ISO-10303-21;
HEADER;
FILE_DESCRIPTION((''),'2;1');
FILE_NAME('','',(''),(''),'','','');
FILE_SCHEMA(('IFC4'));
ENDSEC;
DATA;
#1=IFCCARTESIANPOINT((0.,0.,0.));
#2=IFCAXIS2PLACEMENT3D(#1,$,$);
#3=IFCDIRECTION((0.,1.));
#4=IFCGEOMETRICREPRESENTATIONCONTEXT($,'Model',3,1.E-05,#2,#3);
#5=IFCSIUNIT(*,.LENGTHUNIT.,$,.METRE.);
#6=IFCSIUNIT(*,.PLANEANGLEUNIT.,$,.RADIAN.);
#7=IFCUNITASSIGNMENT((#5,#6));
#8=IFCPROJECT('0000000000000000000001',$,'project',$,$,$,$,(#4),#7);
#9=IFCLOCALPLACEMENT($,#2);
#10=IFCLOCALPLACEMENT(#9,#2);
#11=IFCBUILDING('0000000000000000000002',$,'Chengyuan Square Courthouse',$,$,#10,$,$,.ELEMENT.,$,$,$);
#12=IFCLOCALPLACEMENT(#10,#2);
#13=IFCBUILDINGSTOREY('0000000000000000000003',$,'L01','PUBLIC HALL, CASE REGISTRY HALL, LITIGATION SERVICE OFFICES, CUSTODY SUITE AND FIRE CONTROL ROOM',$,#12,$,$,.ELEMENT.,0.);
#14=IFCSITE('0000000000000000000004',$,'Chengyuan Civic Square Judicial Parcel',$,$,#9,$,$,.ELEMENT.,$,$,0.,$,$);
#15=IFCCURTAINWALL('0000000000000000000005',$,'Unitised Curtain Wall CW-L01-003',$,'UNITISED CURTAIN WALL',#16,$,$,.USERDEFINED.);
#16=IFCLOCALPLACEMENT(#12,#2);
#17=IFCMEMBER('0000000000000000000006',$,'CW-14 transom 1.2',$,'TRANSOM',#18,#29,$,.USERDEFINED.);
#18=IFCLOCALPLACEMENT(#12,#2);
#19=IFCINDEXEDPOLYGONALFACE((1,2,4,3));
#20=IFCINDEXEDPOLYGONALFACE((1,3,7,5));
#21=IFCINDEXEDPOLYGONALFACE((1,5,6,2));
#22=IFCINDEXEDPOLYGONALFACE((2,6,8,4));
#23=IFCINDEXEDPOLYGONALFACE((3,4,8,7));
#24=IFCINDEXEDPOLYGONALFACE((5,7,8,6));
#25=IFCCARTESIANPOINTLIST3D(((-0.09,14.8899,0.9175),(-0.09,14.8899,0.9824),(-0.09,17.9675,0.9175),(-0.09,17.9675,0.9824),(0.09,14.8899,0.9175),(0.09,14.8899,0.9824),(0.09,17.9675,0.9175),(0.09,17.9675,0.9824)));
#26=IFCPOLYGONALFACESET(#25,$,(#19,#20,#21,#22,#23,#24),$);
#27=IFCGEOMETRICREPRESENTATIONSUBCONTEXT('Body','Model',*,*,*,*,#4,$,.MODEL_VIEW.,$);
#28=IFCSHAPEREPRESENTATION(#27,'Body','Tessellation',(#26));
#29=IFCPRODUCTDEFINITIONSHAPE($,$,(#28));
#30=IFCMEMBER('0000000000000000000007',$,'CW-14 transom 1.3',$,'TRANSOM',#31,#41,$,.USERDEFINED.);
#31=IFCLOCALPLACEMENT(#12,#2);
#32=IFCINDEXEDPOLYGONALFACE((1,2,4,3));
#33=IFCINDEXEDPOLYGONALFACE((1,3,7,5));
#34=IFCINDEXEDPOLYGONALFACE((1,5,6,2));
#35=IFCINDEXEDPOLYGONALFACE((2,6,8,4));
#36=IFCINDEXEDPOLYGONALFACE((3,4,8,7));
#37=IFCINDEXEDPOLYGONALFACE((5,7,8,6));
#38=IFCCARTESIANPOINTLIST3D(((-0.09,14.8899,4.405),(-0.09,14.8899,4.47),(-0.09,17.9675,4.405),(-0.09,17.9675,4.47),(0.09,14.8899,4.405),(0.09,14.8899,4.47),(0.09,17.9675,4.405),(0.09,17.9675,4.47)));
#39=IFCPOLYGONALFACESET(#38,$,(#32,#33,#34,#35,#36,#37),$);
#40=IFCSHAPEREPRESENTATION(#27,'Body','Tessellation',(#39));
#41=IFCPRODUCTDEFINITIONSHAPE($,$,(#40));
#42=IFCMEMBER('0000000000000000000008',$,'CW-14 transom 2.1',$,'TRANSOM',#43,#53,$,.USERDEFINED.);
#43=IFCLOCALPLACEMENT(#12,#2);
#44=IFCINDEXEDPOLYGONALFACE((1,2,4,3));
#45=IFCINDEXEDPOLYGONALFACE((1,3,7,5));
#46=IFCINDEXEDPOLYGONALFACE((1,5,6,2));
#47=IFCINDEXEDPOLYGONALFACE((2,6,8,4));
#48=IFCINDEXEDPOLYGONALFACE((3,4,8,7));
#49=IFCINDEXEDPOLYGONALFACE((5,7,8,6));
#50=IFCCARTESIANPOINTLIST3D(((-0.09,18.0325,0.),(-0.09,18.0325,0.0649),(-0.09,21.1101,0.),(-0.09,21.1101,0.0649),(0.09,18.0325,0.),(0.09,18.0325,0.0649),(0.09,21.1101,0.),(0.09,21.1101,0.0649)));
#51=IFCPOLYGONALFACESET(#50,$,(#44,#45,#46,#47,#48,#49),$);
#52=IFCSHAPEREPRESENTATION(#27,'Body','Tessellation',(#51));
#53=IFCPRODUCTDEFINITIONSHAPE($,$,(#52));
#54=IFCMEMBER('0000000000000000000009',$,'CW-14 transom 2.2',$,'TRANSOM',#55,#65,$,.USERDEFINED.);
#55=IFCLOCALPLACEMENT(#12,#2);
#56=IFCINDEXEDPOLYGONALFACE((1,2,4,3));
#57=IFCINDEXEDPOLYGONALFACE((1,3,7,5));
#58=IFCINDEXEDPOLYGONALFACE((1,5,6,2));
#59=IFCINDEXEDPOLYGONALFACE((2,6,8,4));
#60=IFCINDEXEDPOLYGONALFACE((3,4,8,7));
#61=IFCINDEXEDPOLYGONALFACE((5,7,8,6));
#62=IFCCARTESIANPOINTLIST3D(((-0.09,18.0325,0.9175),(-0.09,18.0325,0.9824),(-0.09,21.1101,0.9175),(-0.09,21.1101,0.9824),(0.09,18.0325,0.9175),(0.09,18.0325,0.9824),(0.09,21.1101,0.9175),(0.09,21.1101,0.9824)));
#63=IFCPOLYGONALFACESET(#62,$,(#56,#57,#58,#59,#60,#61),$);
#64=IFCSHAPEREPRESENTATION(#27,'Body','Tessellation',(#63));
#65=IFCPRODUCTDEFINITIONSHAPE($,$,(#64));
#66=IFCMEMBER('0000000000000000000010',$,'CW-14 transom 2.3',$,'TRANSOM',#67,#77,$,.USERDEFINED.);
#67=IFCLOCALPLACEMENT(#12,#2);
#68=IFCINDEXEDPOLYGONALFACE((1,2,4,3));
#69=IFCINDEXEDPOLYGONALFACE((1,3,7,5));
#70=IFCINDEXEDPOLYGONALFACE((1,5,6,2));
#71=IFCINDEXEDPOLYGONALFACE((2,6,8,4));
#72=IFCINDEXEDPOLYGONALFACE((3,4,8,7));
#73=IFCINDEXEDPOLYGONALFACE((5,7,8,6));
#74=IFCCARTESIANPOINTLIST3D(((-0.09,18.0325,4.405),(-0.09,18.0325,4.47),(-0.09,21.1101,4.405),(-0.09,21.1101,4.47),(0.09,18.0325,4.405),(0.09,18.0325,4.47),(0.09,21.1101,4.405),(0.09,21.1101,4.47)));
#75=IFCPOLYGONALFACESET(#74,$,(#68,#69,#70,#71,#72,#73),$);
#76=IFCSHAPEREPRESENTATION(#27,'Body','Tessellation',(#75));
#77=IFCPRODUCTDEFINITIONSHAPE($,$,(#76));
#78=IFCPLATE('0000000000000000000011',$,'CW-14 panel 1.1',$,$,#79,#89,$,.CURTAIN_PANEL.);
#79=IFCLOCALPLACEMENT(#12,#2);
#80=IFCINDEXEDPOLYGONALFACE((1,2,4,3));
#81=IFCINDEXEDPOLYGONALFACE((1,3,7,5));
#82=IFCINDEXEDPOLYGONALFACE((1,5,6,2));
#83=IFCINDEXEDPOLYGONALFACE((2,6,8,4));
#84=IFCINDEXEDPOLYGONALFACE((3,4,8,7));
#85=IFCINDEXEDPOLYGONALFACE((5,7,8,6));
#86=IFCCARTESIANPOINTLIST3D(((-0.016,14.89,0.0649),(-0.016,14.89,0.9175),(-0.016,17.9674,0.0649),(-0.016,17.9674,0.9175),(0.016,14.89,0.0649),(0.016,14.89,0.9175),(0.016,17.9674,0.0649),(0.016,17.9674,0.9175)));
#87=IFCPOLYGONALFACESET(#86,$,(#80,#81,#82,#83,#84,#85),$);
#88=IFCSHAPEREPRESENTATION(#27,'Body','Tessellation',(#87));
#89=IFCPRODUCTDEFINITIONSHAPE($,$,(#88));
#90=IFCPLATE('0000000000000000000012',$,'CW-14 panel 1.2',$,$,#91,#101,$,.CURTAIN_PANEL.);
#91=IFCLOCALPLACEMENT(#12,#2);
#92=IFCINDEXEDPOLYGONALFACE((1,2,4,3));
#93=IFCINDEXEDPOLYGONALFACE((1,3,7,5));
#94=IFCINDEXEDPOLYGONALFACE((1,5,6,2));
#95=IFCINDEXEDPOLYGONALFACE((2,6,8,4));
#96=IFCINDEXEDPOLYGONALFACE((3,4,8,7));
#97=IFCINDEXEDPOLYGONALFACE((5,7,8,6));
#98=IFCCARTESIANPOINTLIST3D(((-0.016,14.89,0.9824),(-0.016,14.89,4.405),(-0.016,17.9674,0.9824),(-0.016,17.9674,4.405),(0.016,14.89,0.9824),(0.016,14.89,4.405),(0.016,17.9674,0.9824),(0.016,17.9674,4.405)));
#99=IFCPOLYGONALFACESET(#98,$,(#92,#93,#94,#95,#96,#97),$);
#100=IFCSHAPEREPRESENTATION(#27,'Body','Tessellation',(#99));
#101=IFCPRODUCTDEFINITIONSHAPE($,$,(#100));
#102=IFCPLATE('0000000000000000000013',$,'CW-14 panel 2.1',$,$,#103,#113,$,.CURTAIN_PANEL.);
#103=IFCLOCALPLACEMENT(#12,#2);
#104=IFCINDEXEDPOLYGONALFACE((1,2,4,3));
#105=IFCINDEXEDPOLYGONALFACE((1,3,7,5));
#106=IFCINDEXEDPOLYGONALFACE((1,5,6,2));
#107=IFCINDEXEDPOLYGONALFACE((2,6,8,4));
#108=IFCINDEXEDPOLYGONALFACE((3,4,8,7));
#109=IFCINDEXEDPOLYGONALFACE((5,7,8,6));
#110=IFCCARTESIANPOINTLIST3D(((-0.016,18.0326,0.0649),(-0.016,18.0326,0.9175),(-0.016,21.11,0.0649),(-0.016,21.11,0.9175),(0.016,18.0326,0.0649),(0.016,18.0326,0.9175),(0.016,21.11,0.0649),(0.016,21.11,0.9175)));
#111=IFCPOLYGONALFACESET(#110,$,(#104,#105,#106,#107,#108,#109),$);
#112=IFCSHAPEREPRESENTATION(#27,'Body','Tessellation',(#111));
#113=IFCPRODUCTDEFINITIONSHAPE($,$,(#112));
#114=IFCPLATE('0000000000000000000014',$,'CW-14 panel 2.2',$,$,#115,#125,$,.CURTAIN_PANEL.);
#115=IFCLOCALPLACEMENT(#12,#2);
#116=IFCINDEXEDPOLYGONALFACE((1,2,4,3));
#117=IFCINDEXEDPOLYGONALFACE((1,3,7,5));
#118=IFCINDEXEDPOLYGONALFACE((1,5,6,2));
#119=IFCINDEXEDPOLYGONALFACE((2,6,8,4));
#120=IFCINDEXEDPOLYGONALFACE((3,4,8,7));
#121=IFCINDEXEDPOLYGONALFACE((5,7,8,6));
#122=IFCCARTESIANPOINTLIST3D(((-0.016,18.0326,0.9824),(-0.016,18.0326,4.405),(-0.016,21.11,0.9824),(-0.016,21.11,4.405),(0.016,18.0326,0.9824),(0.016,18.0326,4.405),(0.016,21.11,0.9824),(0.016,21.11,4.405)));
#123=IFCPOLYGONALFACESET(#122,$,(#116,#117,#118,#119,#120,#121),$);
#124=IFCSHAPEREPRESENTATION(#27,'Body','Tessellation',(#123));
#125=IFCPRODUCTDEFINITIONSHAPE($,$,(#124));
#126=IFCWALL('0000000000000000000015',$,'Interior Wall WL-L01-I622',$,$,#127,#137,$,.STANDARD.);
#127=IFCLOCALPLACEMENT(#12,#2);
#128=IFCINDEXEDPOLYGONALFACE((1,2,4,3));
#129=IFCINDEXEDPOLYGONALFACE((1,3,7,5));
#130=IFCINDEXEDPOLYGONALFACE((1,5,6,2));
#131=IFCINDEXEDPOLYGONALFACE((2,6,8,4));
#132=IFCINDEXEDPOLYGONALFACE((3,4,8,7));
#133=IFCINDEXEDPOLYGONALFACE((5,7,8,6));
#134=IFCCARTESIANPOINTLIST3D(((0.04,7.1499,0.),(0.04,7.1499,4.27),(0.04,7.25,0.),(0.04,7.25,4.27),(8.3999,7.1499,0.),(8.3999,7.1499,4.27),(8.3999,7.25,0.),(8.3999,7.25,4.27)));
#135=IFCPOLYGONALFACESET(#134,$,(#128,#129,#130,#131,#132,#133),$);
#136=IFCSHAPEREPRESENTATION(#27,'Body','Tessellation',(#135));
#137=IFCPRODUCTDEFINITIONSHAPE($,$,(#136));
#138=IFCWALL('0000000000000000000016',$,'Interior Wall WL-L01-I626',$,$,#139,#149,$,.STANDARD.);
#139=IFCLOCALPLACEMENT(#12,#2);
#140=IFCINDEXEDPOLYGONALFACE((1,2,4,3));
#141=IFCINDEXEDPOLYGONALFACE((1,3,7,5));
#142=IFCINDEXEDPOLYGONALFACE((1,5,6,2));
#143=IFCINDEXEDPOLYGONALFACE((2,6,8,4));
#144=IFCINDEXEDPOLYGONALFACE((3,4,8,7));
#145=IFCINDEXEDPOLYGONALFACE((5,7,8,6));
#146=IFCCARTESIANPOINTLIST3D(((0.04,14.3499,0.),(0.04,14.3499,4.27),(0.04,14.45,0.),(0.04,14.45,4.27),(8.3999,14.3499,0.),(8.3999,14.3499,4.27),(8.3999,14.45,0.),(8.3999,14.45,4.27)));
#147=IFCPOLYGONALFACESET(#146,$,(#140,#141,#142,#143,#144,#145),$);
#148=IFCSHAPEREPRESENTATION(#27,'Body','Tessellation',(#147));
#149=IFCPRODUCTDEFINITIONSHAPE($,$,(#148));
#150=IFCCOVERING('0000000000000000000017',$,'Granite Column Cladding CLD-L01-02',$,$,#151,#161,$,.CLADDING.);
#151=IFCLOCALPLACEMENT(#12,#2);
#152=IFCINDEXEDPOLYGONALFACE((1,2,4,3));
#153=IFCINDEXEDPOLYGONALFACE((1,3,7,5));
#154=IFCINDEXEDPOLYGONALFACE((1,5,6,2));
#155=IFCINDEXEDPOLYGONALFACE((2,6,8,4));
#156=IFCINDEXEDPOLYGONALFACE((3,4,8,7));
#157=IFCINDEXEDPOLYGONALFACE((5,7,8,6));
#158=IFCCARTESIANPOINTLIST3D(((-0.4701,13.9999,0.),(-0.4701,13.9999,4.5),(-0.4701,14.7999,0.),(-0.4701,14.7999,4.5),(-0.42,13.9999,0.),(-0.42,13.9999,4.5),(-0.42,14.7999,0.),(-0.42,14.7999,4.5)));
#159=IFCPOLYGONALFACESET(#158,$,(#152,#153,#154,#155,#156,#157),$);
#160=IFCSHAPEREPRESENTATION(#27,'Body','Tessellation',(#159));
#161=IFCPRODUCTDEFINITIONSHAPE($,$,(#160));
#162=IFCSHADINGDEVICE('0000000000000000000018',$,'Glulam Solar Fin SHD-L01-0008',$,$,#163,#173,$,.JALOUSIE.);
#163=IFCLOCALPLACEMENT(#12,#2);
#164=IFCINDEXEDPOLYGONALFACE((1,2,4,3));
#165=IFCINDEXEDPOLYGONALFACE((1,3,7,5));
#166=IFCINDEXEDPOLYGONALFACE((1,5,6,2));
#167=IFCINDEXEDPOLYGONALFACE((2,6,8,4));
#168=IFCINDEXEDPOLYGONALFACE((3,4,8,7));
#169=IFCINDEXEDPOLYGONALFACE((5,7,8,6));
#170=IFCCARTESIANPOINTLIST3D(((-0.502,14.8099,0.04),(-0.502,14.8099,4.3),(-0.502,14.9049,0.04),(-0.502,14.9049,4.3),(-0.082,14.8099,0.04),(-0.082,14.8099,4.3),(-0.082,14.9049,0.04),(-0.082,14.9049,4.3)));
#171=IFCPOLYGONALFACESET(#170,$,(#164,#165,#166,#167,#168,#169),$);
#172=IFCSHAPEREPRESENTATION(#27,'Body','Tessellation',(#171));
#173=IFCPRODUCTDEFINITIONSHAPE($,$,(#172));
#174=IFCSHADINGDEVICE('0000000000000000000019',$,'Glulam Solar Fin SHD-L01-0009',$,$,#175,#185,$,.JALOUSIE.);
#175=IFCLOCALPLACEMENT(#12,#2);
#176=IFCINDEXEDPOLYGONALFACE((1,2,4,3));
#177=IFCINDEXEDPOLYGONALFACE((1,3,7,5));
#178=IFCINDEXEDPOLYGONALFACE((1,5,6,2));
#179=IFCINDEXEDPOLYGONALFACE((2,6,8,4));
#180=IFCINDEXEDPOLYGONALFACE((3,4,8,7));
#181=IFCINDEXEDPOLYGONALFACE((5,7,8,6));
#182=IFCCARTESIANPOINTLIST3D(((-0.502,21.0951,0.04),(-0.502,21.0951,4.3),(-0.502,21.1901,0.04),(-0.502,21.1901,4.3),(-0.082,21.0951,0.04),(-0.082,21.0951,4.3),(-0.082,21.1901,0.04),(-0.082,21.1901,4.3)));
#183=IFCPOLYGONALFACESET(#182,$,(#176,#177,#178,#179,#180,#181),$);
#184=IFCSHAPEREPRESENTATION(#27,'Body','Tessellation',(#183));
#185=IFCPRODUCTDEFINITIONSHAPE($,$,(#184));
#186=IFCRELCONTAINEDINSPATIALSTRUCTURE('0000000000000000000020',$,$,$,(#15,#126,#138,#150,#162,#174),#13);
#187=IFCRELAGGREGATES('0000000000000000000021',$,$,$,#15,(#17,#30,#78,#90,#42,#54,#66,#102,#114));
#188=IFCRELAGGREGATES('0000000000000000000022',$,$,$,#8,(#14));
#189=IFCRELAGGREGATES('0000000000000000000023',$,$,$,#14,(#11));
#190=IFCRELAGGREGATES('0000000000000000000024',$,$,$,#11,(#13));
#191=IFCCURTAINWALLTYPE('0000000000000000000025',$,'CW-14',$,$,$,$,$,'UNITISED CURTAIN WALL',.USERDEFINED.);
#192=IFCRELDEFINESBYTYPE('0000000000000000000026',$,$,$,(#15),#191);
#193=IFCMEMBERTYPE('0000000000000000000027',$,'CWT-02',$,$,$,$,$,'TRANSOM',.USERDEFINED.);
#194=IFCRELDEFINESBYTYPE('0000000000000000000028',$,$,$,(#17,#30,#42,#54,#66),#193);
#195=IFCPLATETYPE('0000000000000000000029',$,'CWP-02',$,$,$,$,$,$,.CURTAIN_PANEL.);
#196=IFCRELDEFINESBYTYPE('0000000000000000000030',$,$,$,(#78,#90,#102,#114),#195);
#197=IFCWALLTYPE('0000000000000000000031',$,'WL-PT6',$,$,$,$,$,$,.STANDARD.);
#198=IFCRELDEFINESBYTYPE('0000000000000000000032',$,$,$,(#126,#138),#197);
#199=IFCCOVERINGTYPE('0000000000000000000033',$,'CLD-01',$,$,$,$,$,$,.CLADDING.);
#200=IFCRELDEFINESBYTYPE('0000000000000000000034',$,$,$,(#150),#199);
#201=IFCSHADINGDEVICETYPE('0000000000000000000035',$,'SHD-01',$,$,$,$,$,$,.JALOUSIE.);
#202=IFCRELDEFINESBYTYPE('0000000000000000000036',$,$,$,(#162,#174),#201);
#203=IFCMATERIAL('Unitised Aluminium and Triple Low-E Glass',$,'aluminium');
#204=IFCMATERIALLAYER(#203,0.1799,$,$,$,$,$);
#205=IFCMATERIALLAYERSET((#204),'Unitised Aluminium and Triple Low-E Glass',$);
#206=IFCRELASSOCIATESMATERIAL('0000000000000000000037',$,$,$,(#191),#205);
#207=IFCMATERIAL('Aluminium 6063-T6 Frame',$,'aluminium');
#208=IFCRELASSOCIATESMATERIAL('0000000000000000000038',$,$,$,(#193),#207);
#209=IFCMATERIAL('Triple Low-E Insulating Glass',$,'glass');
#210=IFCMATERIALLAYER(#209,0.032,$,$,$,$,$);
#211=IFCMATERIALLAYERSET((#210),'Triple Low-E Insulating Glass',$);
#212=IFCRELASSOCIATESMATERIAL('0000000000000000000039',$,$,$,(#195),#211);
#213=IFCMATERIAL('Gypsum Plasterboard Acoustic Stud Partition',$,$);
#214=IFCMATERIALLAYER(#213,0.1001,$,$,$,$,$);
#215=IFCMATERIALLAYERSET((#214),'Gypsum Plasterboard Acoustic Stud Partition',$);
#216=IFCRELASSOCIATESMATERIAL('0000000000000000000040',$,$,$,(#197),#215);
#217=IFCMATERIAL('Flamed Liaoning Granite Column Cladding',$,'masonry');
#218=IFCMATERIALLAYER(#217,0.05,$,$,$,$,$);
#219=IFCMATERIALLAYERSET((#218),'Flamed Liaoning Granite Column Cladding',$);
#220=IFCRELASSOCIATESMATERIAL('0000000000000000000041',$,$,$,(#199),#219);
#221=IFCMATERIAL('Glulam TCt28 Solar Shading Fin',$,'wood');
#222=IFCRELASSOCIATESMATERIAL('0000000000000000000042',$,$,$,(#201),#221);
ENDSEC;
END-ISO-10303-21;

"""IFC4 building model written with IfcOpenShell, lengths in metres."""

from ifc_helpers import new_model, si_unit, direction, frame, frame_2d, origin, origin_2d, place, context, subcontext, project, spatial, rectangle, extrude, material, layer, layer_set, material_profile, profile_set, type_object, element, aggregate, save


model = new_model("IFC4")

# Units and contexts
model_context = context("Model", 3, precision=1e-05, world=origin(), true_north=direction((0.0, 1.0)))
body_context = subcontext(model_context, "Body", "Model", "MODEL_VIEW")
ifc_project = project(units=[si_unit("LENGTHUNIT", "METRE"), si_unit("PLANEANGLEUNIT", "RADIAN")], contexts=[model_context])

# Site, building, storey
site_placement = place(None, origin())
site = spatial("IfcSite", under=ifc_project, at=site_placement, Name="Chengyuan Civic Square Judicial Parcel", CompositionType="ELEMENT", RefElevation=0.0)
building_placement = place(site_placement, origin())
building = spatial("IfcBuilding", under=site, at=building_placement, Name="Chengyuan Square Courthouse", CompositionType="ELEMENT")
storey_placement = place(building_placement, origin())
storey = spatial("IfcBuildingStorey", under=building, at=storey_placement, Name="L01", Description="PUBLIC HALL, CASE REGISTRY HALL, LITIGATION SERVICE OFFICES, CUSTODY SUITE AND FIRE CONTROL ROOM", CompositionType="ELEMENT", Elevation=0.0)

# Curtain wall, members, plates
ifc_material_1 = material(Name="Unitised Aluminium and Triple Low-E Glass", Category="aluminium")
ifc_layer_1 = layer(ifc_material_1, 0.1799)
ifc_layer_set_1 = layer_set([ifc_layer_1], Name="Unitised Aluminium and Triple Low-E Glass")
curtain_wall_type = type_object("IfcCurtainWallType", Name="CW-14", ElementType="UNITISED CURTAIN WALL", PredefinedType="USERDEFINED", material=ifc_layer_set_1)
curtain_wall_placement = place(storey_placement, origin())
curtain_wall = element("IfcCurtainWall", 1, at=curtain_wall_placement, inside=storey, type_object=curtain_wall_type, Name="Unitised Curtain Wall CW-L01-003", ObjectType="UNITISED CURTAIN WALL", PredefinedType="USERDEFINED")
ifc_material_2 = material(Name="Aluminium 6063-T6 Frame", Category="aluminium")
ifc_material_profile_1 = material_profile(ifc_material_2, rectangle(XDim=0.1799, YDim=0.0649, at=origin_2d()), Name="CW-TRN-65x140")
ifc_profile_set_1 = profile_set([ifc_material_profile_1], Name="Aluminium 6063-T6 Frame")
member_type_1 = type_object("IfcMemberType", Name="CWT-02", ElementType="TRANSOM", PredefinedType="USERDEFINED", material=ifc_profile_set_1)
member_1_placement = place(storey_placement, frame((0.0, 14.8899, 0.95), z_axis=(0.0, 1.0, 0.0), x_axis=(-1.0, 0.0, 0.0)))
member_1 = element("IfcMember", 2, at=member_1_placement, type_object=member_type_1, Name="CW-14 transom 1.2", ObjectType="TRANSOM", PredefinedType="USERDEFINED", context=body_context, shape_type="SweptSolid", body=[
    extrude(rectangle(XDim=0.1799, YDim=0.0649, at=origin_2d()), origin(), (0.0, 0.0, 1.0), 3.0776),
])
member_2_placement = place(storey_placement, frame((0.0, 14.8899, 4.4375), z_axis=(0.0, 1.0, 0.0), x_axis=(-1.0, 0.0, 0.0)))
member_2 = element("IfcMember", 3, at=member_2_placement, type_object=member_type_1, Name="CW-14 transom 1.3", ObjectType="TRANSOM", PredefinedType="USERDEFINED", context=body_context, shape_type="SweptSolid", body=[
    extrude(rectangle(XDim=0.1799, YDim=0.0649, at=origin_2d()), origin(), (0.0, 0.0, 1.0), 3.0776),
])
member_3_placement = place(storey_placement, frame((0.0, 18.0325, 0.0325), z_axis=(0.0, 1.0, 0.0), x_axis=(-1.0, 0.0, 0.0)))
member_3 = element("IfcMember", 4, at=member_3_placement, type_object=member_type_1, Name="CW-14 transom 2.1", ObjectType="TRANSOM", PredefinedType="USERDEFINED", context=body_context, shape_type="SweptSolid", body=[
    extrude(rectangle(XDim=0.1799, YDim=0.0649, at=origin_2d()), origin(), (0.0, 0.0, 1.0), 3.0776),
])
member_4_placement = place(storey_placement, frame((0.0, 18.0325, 0.95), z_axis=(0.0, 1.0, 0.0), x_axis=(-1.0, 0.0, 0.0)))
member_4 = element("IfcMember", 5, at=member_4_placement, type_object=member_type_1, Name="CW-14 transom 2.2", ObjectType="TRANSOM", PredefinedType="USERDEFINED", context=body_context, shape_type="SweptSolid", body=[
    extrude(rectangle(XDim=0.1799, YDim=0.0649, at=origin_2d()), origin(), (0.0, 0.0, 1.0), 3.0776),
])
member_5_placement = place(storey_placement, frame((0.0, 18.0325, 4.4375), z_axis=(0.0, 1.0, 0.0), x_axis=(-1.0, 0.0, 0.0)))
member_5 = element("IfcMember", 6, at=member_5_placement, type_object=member_type_1, Name="CW-14 transom 2.3", ObjectType="TRANSOM", PredefinedType="USERDEFINED", context=body_context, shape_type="SweptSolid", body=[
    extrude(rectangle(XDim=0.1799, YDim=0.0649, at=origin_2d()), origin(), (0.0, 0.0, 1.0), 3.0776),
])
ifc_material_3 = material(Name="Triple Low-E Insulating Glass", Category="glass")
ifc_layer_2 = layer(ifc_material_3, 0.032)
ifc_layer_set_2 = layer_set([ifc_layer_2], Name="Triple Low-E Insulating Glass")
plate_type = type_object("IfcPlateType", Name="CWP-02", PredefinedType="CURTAIN_PANEL", material=ifc_layer_set_2)
plate_1_placement = place(storey_placement, frame((0.0, 16.4287, 0.0649), z_axis=(0.0, 0.0, 1.0), x_axis=(0.0, 1.0, 0.0)))
plate_1 = element("IfcPlate", 7, at=plate_1_placement, type_object=plate_type, Name="CW-14 panel 1.1", PredefinedType="CURTAIN_PANEL", context=body_context, shape_type="SweptSolid", body=[
    extrude(rectangle(XDim=3.0774, YDim=0.032, at=origin_2d()), origin(), (0.0, 0.0, 1.0), 0.8525),
])
plate_2_placement = place(storey_placement, frame((0.0, 16.4287, 0.9824), z_axis=(0.0, 0.0, 1.0), x_axis=(0.0, 1.0, 0.0)))
plate_2 = element("IfcPlate", 8, at=plate_2_placement, type_object=plate_type, Name="CW-14 panel 1.2", PredefinedType="CURTAIN_PANEL", context=body_context, shape_type="SweptSolid", body=[
    extrude(rectangle(XDim=3.0774, YDim=0.032, at=origin_2d()), origin(), (0.0, 0.0, 1.0), 3.4226),
])
plate_3_placement = place(storey_placement, frame((0.0, 19.5713, 0.0649), z_axis=(0.0, 0.0, 1.0), x_axis=(0.0, 1.0, 0.0)))
plate_3 = element("IfcPlate", 9, at=plate_3_placement, type_object=plate_type, Name="CW-14 panel 2.1", PredefinedType="CURTAIN_PANEL", context=body_context, shape_type="SweptSolid", body=[
    extrude(rectangle(XDim=3.0774, YDim=0.032, at=origin_2d()), origin(), (0.0, 0.0, 1.0), 0.8525),
])
plate_4_placement = place(storey_placement, frame((0.0, 19.5713, 0.9824), z_axis=(0.0, 0.0, 1.0), x_axis=(0.0, 1.0, 0.0)))
plate_4 = element("IfcPlate", 10, at=plate_4_placement, type_object=plate_type, Name="CW-14 panel 2.2", PredefinedType="CURTAIN_PANEL", context=body_context, shape_type="SweptSolid", body=[
    extrude(rectangle(XDim=3.0774, YDim=0.032, at=origin_2d()), origin(), (0.0, 0.0, 1.0), 3.4226),
])
aggregate(curtain_wall, [member_1, member_2, plate_1, plate_2, member_3, member_4, member_5, plate_3, plate_4])

# Walls
ifc_material_4 = material(Name="Gypsum Plasterboard Acoustic Stud Partition")
ifc_layer_3 = layer(ifc_material_4, 0.1001)
ifc_layer_set_3 = layer_set([ifc_layer_3], Name="Gypsum Plasterboard Acoustic Stud Partition")
wall_type_1 = type_object("IfcWallType", Name="WL-PT6", PredefinedType="STANDARD", material=ifc_layer_set_3)
for number, where, z_axis, x_axis, name in (
    (11, (0.04, 7.2, 0.0), (0.0, 0.0, 1.0), (1.0, 0.0, 0.0), "Interior Wall WL-L01-I622"),
    (12, (0.04, 14.3999, 0.0), (0.0, 0.0, 1.0), (1.0, 0.0, 0.0), "Interior Wall WL-L01-I626"),
):
    element("IfcWall", number, at=place(storey_placement, frame(where, z_axis=z_axis, x_axis=x_axis)), inside=storey, type_object=wall_type_1, Name=name, PredefinedType="STANDARD", context=body_context, shape_type="SweptSolid", body=[
        extrude(rectangle(XDim=8.3599, YDim=0.1001, at=frame_2d((4.1799, 0.0))), origin(), (0.0, 0.0, 1.0), 4.27),
    ])

# Covering
ifc_material_5 = material(Name="Flamed Liaoning Granite Column Cladding", Category="masonry")
ifc_layer_4 = layer(ifc_material_5, 0.05)
ifc_layer_set_4 = layer_set([ifc_layer_4], Name="Flamed Liaoning Granite Column Cladding")
covering_type = type_object("IfcCoveringType", Name="CLD-01", PredefinedType="CLADDING", material=ifc_layer_set_4)
covering_placement = place(storey_placement, frame((-0.4451, 14.3999, 0.0), z_axis=(0.0, 0.0, 1.0), x_axis=(1.0, 0.0, 0.0)))
element("IfcCovering", 13, at=covering_placement, inside=storey, type_object=covering_type, Name="Granite Column Cladding CLD-L01-02", PredefinedType="CLADDING", context=body_context, shape_type="SweptSolid", body=[
    extrude(rectangle(XDim=0.05, YDim=0.8, at=origin_2d()), origin(), (0.0, 0.0, 1.0), 4.5),
])

# Shading devices
ifc_material_6 = material(Name="Glulam TCt28 Solar Shading Fin", Category="wood")
shading_device_type_1 = type_object("IfcShadingDeviceType", Name="SHD-01", PredefinedType="JALOUSIE", material=ifc_material_6)
for number, where, z_axis, x_axis, name in (
    (14, (-0.292, 14.8574, 0.04), (0.0, 0.0, 1.0), (1.0, 0.0, 0.0), "Glulam Solar Fin SHD-L01-0008"),
    (15, (-0.292, 21.1426, 0.04), (0.0, 0.0, 1.0), (1.0, 0.0, 0.0), "Glulam Solar Fin SHD-L01-0009"),
):
    element("IfcShadingDevice", number, at=place(storey_placement, frame(where, z_axis=z_axis, x_axis=x_axis)), inside=storey, type_object=shading_device_type_1, Name=name, PredefinedType="JALOUSIE", context=body_context, shape_type="SweptSolid", body=[
        extrude(rectangle(XDim=0.4199, YDim=0.095, at=origin_2d()), origin(), (0.0, 0.0, 1.0), 4.26),
    ])

save(model, "model.ifc")
